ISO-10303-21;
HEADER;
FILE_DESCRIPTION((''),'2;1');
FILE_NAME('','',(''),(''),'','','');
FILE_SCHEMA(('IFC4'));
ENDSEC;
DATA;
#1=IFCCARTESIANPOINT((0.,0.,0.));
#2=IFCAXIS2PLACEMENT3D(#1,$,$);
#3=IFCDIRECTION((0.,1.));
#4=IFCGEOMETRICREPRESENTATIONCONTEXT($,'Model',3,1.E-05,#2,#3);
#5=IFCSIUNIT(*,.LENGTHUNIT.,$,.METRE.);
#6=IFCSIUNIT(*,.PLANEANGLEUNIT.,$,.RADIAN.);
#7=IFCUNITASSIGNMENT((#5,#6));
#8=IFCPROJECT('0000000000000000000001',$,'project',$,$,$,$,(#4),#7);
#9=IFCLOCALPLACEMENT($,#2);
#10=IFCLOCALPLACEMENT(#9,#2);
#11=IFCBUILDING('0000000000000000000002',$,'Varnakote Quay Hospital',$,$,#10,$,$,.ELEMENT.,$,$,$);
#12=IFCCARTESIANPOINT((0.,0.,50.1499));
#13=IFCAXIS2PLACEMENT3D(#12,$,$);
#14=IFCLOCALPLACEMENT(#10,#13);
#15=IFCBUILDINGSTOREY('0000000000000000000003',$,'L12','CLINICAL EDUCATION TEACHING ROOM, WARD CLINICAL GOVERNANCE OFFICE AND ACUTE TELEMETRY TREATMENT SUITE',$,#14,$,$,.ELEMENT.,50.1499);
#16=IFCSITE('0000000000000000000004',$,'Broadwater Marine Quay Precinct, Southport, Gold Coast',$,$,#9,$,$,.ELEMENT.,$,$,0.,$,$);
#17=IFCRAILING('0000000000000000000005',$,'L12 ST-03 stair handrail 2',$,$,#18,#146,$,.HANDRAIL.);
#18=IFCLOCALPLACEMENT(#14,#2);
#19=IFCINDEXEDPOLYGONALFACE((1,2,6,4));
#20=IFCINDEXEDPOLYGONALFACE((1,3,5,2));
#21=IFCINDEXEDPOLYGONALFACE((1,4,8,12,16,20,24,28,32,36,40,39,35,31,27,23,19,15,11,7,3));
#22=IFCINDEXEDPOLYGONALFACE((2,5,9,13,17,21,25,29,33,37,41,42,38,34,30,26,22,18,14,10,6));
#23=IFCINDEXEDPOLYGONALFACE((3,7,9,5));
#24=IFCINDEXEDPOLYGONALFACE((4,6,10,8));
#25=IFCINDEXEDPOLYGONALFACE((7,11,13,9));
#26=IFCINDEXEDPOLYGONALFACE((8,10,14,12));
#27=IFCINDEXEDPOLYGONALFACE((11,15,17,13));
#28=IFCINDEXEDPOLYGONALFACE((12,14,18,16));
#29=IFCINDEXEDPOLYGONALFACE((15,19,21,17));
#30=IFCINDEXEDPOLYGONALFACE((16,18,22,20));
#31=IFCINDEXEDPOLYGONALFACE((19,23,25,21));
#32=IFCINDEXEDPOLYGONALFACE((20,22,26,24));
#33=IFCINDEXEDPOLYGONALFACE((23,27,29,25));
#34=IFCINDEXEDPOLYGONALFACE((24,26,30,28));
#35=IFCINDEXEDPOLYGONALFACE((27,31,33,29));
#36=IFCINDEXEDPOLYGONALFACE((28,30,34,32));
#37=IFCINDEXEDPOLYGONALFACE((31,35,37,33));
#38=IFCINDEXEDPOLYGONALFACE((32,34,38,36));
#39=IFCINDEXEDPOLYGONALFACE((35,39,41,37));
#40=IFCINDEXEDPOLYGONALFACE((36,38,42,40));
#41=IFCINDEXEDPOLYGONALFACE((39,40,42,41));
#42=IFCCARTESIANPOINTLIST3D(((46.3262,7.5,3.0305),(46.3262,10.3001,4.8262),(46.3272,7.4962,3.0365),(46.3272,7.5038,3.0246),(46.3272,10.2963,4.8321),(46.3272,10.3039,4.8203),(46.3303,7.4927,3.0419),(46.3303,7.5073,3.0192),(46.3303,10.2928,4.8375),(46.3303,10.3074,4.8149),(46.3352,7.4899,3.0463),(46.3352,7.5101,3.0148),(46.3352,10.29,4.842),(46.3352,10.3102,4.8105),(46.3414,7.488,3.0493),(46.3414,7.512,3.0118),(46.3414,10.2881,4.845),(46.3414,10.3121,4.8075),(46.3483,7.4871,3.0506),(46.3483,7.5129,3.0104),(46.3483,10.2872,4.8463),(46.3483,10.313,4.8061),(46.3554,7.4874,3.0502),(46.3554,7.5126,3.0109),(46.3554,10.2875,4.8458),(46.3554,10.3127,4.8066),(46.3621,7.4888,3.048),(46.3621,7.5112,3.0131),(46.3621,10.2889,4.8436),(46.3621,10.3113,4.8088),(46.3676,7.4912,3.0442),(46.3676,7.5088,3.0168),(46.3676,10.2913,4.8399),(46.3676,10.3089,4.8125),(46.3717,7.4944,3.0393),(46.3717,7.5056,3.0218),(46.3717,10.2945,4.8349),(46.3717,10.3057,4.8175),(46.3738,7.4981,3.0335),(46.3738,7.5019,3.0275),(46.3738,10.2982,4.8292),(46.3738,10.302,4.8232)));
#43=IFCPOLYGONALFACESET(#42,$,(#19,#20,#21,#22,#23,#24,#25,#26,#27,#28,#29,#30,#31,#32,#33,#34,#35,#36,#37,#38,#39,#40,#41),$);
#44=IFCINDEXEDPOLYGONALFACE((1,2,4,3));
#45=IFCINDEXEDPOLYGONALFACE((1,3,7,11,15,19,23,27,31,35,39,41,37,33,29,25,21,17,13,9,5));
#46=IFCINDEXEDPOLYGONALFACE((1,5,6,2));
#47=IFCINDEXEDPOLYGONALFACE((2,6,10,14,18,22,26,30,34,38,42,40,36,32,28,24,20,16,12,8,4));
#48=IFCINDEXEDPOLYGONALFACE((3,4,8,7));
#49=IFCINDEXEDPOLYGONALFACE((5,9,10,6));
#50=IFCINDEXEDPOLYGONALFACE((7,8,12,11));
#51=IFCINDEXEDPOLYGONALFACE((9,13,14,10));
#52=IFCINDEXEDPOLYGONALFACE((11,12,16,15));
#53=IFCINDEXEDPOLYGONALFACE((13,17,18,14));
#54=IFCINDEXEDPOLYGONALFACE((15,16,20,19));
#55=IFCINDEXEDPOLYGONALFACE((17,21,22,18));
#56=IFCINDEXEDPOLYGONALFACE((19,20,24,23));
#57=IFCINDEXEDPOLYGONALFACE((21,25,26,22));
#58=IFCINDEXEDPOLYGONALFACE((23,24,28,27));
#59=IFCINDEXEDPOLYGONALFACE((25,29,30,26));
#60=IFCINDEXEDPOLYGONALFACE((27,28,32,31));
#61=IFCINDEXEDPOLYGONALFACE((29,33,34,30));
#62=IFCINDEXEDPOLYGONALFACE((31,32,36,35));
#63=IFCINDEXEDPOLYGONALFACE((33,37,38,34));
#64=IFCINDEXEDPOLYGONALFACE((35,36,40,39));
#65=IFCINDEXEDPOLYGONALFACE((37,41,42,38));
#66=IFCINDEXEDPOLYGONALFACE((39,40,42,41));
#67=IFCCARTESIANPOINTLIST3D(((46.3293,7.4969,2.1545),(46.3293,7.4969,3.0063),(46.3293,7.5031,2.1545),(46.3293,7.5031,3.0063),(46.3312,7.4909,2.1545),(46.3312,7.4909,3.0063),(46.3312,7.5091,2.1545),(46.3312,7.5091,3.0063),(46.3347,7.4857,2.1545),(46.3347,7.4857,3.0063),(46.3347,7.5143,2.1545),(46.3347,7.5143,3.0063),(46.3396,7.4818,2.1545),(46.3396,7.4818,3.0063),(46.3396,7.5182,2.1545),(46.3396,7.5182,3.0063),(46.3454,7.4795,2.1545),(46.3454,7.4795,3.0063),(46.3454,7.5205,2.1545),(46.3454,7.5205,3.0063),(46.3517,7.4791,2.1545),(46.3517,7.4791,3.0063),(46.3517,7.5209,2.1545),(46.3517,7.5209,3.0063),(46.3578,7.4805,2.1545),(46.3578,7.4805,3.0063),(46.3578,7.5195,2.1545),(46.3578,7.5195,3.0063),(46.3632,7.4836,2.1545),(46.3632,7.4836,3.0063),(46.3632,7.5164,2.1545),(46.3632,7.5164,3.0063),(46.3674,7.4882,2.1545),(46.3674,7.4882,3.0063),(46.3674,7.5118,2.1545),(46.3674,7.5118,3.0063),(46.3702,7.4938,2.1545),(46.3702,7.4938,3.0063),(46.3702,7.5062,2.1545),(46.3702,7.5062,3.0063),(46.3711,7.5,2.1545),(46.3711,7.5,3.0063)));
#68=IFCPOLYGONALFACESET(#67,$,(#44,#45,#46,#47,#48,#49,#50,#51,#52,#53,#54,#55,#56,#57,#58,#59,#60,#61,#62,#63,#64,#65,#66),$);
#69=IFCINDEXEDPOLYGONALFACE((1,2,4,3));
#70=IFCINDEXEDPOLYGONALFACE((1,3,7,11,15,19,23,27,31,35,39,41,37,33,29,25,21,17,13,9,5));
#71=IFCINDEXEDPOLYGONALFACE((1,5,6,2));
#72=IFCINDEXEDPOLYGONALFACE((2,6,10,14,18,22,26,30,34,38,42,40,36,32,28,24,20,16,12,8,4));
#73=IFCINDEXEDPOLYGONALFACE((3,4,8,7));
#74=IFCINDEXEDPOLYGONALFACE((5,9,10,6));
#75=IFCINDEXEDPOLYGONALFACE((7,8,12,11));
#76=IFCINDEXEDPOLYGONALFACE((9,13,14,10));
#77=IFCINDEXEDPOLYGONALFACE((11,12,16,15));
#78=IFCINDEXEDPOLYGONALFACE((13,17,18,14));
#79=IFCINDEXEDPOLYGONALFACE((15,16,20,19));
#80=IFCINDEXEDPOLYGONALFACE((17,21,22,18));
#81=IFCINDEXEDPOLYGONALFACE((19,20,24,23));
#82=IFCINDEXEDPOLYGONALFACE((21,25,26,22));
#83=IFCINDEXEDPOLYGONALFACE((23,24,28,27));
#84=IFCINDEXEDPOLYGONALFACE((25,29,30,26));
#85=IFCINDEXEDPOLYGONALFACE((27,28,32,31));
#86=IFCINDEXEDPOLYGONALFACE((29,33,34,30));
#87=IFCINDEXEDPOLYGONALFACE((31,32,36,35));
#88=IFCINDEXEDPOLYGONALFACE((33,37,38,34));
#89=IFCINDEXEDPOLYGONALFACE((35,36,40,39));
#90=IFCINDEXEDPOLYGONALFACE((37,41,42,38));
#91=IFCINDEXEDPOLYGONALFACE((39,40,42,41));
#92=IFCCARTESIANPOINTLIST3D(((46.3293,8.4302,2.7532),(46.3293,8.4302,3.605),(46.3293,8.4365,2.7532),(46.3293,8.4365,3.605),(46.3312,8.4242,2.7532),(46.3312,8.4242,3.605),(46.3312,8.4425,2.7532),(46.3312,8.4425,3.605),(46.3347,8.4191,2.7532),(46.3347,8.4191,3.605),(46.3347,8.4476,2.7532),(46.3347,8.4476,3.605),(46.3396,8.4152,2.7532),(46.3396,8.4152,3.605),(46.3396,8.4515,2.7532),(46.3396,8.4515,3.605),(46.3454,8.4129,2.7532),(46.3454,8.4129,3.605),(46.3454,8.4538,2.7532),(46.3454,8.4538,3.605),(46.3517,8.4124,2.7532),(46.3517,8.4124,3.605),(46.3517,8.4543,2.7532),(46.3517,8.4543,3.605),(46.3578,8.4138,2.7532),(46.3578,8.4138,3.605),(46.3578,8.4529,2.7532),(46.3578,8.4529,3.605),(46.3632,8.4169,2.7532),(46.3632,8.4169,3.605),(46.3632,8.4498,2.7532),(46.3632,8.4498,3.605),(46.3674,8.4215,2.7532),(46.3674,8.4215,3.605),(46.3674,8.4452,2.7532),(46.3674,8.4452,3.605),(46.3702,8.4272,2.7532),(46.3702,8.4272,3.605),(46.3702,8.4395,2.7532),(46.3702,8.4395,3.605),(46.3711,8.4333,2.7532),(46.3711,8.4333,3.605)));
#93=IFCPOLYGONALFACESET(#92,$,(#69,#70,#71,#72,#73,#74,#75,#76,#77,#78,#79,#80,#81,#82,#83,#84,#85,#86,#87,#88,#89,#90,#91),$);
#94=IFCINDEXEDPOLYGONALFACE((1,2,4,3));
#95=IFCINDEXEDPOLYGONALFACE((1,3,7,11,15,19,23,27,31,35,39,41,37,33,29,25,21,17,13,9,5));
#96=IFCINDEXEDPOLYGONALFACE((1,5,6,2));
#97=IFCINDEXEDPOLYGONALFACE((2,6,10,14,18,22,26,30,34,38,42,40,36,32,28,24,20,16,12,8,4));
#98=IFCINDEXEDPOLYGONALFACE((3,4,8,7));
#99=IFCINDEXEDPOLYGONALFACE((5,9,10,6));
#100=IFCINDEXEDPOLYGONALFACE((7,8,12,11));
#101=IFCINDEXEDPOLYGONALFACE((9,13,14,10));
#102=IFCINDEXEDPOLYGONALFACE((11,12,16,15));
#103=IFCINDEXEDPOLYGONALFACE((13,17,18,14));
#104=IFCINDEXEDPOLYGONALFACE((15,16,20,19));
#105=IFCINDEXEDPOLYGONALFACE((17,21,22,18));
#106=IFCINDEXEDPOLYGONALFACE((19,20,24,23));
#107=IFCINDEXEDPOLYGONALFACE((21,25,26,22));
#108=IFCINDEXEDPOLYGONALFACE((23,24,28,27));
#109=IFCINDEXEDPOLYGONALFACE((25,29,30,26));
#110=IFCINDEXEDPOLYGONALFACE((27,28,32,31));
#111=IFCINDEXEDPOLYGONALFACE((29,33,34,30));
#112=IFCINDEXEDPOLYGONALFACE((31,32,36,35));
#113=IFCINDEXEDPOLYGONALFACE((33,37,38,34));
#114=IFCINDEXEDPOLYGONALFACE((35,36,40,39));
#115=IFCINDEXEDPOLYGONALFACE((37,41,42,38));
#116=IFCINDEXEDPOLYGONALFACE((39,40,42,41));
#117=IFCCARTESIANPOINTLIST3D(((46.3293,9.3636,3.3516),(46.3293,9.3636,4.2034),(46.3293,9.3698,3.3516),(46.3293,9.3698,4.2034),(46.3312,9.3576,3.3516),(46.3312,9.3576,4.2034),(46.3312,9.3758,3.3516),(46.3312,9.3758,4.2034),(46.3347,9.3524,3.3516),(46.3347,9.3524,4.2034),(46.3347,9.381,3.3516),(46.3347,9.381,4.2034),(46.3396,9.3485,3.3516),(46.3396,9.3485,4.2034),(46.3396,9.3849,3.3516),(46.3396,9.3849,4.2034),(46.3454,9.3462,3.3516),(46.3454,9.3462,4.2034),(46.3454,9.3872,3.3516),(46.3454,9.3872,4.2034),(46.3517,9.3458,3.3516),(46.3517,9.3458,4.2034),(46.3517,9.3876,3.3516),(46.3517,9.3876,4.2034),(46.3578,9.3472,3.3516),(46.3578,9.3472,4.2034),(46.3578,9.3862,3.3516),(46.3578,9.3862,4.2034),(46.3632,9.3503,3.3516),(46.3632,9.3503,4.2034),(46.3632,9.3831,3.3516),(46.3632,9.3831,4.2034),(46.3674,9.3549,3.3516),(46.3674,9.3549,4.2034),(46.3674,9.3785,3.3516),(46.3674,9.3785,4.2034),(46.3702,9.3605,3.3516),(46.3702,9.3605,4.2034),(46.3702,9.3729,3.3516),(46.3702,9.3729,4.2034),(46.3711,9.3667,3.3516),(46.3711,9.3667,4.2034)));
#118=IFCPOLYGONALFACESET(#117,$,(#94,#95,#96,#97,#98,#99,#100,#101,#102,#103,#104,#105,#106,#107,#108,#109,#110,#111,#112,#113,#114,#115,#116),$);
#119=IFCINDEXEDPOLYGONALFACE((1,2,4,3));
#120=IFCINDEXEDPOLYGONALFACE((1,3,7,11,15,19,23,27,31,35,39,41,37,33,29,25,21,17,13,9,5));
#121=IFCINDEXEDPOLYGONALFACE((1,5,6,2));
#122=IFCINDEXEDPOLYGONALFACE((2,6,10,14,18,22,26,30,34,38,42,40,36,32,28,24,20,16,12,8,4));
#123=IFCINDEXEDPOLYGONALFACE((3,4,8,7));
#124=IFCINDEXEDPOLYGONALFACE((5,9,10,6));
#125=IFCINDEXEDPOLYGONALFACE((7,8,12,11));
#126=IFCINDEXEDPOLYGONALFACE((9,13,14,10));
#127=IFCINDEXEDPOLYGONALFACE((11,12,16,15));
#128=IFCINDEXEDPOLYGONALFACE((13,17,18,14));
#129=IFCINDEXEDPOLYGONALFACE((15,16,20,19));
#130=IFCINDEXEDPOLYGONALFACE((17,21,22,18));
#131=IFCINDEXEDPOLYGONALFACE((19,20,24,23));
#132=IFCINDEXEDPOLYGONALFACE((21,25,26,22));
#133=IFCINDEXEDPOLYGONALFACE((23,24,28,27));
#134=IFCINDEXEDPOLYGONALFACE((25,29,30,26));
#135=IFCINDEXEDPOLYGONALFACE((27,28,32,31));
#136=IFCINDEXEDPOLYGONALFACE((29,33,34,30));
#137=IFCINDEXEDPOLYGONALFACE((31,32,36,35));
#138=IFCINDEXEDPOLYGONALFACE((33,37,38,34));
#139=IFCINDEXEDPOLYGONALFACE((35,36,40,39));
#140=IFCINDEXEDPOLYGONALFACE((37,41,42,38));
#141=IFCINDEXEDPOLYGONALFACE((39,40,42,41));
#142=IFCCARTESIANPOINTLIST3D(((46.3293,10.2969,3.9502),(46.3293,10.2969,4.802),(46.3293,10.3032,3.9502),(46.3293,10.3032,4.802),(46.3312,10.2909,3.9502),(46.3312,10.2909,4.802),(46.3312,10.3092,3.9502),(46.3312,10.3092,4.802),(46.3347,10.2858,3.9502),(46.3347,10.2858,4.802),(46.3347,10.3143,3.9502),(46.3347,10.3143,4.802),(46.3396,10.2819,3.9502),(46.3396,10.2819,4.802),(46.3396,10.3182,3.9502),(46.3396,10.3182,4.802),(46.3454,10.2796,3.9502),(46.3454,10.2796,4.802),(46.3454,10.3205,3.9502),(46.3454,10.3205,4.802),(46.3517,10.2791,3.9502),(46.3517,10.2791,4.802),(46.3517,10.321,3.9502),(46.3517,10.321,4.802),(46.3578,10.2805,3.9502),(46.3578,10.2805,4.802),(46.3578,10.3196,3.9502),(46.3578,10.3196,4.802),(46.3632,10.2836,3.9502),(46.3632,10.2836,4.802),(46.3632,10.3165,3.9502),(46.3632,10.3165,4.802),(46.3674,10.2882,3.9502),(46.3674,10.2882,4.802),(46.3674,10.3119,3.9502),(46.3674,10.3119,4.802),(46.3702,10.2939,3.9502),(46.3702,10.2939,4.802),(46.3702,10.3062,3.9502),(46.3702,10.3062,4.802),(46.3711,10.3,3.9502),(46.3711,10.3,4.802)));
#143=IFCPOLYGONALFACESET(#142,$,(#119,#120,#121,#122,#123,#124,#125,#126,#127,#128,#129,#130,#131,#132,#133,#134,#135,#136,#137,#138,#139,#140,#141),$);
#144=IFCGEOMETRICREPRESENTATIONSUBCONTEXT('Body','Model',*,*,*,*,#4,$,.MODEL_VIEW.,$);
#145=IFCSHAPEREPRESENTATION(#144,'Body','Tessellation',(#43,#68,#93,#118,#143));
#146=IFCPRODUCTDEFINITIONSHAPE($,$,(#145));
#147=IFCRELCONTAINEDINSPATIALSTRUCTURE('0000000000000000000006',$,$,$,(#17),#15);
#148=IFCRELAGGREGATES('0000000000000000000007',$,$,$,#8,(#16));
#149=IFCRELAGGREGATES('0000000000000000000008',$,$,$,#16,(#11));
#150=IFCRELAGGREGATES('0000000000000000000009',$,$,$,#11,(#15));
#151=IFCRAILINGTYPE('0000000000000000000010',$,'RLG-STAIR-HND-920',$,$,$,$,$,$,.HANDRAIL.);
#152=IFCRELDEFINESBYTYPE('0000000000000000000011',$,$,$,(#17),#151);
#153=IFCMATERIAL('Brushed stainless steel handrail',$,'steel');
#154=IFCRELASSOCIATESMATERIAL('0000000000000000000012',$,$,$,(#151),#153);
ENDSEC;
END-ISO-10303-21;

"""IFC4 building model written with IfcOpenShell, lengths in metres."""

from ifc_helpers import new_model, si_unit, direction, frame, origin, origin_2d, place, context, subcontext, project, spatial, circle, extrude, material, type_object, element, save


model = new_model("IFC4")

# Units and contexts
model_context = context("Model", 3, precision=1e-05, world=origin(), true_north=direction((0.0, 1.0)))
body_context = subcontext(model_context, "Body", "Model", "MODEL_VIEW")
ifc_project = project(units=[si_unit("LENGTHUNIT", "METRE"), si_unit("PLANEANGLEUNIT", "RADIAN")], contexts=[model_context])

# Site, building, storey
site_placement = place(None, origin())
site = spatial("IfcSite", under=ifc_project, at=site_placement, Name="Broadwater Marine Quay Precinct, Southport, Gold Coast", CompositionType="ELEMENT", RefElevation=0.0)
building_placement = place(site_placement, origin())
building = spatial("IfcBuilding", under=site, at=building_placement, Name="Varnakote Quay Hospital", CompositionType="ELEMENT")
storey_placement = place(building_placement, frame((0.0, 0.0, 50.1499)))
storey = spatial("IfcBuildingStorey", under=building, at=storey_placement, Name="L12", Description="CLINICAL EDUCATION TEACHING ROOM, WARD CLINICAL GOVERNANCE OFFICE AND ACUTE TELEMETRY TREATMENT SUITE", CompositionType="ELEMENT", Elevation=50.1499)

# Railing
ifc_material_1 = material(Name="Brushed stainless steel handrail", Category="steel")
railing_type_1 = type_object("IfcRailingType", Name="RLG-STAIR-HND-920", PredefinedType="HANDRAIL", material=ifc_material_1)
railing_1_placement = place(storey_placement, frame((46.3501, 7.5, 2.1545)))
element("IfcRailing", 1, at=railing_1_placement, inside=storey, type_object=railing_type_1, Name="L12 ST-03 stair handrail 2", PredefinedType="HANDRAIL", context=body_context, shape_type="SweptSolid", body=[
    extrude(circle(Radius=0.0239, at=origin_2d()), frame((0.0, 0.0, 0.876), z_axis=(0.0, 0.841777, 0.539826), x_axis=(-1.0, 0.0, 0.0)), (0.0, 0.0, 1.0), 3.3264),
    extrude(circle(Radius=0.021, at=origin_2d()), origin(), (0.0, 0.0, 1.0), 0.8518),
    extrude(circle(Radius=0.021, at=origin_2d()), frame((0.0, 0.9333, 0.5986)), (0.0, 0.0, 1.0), 0.8518),
    extrude(circle(Radius=0.021, at=origin_2d()), frame((0.0, 1.8667, 1.197)), (0.0, 0.0, 1.0), 0.8518),
    extrude(circle(Radius=0.021, at=origin_2d()), frame((0.0, 2.8, 1.7957)), (0.0, 0.0, 1.0), 0.8518),
])

save(model, "model.ifc")
